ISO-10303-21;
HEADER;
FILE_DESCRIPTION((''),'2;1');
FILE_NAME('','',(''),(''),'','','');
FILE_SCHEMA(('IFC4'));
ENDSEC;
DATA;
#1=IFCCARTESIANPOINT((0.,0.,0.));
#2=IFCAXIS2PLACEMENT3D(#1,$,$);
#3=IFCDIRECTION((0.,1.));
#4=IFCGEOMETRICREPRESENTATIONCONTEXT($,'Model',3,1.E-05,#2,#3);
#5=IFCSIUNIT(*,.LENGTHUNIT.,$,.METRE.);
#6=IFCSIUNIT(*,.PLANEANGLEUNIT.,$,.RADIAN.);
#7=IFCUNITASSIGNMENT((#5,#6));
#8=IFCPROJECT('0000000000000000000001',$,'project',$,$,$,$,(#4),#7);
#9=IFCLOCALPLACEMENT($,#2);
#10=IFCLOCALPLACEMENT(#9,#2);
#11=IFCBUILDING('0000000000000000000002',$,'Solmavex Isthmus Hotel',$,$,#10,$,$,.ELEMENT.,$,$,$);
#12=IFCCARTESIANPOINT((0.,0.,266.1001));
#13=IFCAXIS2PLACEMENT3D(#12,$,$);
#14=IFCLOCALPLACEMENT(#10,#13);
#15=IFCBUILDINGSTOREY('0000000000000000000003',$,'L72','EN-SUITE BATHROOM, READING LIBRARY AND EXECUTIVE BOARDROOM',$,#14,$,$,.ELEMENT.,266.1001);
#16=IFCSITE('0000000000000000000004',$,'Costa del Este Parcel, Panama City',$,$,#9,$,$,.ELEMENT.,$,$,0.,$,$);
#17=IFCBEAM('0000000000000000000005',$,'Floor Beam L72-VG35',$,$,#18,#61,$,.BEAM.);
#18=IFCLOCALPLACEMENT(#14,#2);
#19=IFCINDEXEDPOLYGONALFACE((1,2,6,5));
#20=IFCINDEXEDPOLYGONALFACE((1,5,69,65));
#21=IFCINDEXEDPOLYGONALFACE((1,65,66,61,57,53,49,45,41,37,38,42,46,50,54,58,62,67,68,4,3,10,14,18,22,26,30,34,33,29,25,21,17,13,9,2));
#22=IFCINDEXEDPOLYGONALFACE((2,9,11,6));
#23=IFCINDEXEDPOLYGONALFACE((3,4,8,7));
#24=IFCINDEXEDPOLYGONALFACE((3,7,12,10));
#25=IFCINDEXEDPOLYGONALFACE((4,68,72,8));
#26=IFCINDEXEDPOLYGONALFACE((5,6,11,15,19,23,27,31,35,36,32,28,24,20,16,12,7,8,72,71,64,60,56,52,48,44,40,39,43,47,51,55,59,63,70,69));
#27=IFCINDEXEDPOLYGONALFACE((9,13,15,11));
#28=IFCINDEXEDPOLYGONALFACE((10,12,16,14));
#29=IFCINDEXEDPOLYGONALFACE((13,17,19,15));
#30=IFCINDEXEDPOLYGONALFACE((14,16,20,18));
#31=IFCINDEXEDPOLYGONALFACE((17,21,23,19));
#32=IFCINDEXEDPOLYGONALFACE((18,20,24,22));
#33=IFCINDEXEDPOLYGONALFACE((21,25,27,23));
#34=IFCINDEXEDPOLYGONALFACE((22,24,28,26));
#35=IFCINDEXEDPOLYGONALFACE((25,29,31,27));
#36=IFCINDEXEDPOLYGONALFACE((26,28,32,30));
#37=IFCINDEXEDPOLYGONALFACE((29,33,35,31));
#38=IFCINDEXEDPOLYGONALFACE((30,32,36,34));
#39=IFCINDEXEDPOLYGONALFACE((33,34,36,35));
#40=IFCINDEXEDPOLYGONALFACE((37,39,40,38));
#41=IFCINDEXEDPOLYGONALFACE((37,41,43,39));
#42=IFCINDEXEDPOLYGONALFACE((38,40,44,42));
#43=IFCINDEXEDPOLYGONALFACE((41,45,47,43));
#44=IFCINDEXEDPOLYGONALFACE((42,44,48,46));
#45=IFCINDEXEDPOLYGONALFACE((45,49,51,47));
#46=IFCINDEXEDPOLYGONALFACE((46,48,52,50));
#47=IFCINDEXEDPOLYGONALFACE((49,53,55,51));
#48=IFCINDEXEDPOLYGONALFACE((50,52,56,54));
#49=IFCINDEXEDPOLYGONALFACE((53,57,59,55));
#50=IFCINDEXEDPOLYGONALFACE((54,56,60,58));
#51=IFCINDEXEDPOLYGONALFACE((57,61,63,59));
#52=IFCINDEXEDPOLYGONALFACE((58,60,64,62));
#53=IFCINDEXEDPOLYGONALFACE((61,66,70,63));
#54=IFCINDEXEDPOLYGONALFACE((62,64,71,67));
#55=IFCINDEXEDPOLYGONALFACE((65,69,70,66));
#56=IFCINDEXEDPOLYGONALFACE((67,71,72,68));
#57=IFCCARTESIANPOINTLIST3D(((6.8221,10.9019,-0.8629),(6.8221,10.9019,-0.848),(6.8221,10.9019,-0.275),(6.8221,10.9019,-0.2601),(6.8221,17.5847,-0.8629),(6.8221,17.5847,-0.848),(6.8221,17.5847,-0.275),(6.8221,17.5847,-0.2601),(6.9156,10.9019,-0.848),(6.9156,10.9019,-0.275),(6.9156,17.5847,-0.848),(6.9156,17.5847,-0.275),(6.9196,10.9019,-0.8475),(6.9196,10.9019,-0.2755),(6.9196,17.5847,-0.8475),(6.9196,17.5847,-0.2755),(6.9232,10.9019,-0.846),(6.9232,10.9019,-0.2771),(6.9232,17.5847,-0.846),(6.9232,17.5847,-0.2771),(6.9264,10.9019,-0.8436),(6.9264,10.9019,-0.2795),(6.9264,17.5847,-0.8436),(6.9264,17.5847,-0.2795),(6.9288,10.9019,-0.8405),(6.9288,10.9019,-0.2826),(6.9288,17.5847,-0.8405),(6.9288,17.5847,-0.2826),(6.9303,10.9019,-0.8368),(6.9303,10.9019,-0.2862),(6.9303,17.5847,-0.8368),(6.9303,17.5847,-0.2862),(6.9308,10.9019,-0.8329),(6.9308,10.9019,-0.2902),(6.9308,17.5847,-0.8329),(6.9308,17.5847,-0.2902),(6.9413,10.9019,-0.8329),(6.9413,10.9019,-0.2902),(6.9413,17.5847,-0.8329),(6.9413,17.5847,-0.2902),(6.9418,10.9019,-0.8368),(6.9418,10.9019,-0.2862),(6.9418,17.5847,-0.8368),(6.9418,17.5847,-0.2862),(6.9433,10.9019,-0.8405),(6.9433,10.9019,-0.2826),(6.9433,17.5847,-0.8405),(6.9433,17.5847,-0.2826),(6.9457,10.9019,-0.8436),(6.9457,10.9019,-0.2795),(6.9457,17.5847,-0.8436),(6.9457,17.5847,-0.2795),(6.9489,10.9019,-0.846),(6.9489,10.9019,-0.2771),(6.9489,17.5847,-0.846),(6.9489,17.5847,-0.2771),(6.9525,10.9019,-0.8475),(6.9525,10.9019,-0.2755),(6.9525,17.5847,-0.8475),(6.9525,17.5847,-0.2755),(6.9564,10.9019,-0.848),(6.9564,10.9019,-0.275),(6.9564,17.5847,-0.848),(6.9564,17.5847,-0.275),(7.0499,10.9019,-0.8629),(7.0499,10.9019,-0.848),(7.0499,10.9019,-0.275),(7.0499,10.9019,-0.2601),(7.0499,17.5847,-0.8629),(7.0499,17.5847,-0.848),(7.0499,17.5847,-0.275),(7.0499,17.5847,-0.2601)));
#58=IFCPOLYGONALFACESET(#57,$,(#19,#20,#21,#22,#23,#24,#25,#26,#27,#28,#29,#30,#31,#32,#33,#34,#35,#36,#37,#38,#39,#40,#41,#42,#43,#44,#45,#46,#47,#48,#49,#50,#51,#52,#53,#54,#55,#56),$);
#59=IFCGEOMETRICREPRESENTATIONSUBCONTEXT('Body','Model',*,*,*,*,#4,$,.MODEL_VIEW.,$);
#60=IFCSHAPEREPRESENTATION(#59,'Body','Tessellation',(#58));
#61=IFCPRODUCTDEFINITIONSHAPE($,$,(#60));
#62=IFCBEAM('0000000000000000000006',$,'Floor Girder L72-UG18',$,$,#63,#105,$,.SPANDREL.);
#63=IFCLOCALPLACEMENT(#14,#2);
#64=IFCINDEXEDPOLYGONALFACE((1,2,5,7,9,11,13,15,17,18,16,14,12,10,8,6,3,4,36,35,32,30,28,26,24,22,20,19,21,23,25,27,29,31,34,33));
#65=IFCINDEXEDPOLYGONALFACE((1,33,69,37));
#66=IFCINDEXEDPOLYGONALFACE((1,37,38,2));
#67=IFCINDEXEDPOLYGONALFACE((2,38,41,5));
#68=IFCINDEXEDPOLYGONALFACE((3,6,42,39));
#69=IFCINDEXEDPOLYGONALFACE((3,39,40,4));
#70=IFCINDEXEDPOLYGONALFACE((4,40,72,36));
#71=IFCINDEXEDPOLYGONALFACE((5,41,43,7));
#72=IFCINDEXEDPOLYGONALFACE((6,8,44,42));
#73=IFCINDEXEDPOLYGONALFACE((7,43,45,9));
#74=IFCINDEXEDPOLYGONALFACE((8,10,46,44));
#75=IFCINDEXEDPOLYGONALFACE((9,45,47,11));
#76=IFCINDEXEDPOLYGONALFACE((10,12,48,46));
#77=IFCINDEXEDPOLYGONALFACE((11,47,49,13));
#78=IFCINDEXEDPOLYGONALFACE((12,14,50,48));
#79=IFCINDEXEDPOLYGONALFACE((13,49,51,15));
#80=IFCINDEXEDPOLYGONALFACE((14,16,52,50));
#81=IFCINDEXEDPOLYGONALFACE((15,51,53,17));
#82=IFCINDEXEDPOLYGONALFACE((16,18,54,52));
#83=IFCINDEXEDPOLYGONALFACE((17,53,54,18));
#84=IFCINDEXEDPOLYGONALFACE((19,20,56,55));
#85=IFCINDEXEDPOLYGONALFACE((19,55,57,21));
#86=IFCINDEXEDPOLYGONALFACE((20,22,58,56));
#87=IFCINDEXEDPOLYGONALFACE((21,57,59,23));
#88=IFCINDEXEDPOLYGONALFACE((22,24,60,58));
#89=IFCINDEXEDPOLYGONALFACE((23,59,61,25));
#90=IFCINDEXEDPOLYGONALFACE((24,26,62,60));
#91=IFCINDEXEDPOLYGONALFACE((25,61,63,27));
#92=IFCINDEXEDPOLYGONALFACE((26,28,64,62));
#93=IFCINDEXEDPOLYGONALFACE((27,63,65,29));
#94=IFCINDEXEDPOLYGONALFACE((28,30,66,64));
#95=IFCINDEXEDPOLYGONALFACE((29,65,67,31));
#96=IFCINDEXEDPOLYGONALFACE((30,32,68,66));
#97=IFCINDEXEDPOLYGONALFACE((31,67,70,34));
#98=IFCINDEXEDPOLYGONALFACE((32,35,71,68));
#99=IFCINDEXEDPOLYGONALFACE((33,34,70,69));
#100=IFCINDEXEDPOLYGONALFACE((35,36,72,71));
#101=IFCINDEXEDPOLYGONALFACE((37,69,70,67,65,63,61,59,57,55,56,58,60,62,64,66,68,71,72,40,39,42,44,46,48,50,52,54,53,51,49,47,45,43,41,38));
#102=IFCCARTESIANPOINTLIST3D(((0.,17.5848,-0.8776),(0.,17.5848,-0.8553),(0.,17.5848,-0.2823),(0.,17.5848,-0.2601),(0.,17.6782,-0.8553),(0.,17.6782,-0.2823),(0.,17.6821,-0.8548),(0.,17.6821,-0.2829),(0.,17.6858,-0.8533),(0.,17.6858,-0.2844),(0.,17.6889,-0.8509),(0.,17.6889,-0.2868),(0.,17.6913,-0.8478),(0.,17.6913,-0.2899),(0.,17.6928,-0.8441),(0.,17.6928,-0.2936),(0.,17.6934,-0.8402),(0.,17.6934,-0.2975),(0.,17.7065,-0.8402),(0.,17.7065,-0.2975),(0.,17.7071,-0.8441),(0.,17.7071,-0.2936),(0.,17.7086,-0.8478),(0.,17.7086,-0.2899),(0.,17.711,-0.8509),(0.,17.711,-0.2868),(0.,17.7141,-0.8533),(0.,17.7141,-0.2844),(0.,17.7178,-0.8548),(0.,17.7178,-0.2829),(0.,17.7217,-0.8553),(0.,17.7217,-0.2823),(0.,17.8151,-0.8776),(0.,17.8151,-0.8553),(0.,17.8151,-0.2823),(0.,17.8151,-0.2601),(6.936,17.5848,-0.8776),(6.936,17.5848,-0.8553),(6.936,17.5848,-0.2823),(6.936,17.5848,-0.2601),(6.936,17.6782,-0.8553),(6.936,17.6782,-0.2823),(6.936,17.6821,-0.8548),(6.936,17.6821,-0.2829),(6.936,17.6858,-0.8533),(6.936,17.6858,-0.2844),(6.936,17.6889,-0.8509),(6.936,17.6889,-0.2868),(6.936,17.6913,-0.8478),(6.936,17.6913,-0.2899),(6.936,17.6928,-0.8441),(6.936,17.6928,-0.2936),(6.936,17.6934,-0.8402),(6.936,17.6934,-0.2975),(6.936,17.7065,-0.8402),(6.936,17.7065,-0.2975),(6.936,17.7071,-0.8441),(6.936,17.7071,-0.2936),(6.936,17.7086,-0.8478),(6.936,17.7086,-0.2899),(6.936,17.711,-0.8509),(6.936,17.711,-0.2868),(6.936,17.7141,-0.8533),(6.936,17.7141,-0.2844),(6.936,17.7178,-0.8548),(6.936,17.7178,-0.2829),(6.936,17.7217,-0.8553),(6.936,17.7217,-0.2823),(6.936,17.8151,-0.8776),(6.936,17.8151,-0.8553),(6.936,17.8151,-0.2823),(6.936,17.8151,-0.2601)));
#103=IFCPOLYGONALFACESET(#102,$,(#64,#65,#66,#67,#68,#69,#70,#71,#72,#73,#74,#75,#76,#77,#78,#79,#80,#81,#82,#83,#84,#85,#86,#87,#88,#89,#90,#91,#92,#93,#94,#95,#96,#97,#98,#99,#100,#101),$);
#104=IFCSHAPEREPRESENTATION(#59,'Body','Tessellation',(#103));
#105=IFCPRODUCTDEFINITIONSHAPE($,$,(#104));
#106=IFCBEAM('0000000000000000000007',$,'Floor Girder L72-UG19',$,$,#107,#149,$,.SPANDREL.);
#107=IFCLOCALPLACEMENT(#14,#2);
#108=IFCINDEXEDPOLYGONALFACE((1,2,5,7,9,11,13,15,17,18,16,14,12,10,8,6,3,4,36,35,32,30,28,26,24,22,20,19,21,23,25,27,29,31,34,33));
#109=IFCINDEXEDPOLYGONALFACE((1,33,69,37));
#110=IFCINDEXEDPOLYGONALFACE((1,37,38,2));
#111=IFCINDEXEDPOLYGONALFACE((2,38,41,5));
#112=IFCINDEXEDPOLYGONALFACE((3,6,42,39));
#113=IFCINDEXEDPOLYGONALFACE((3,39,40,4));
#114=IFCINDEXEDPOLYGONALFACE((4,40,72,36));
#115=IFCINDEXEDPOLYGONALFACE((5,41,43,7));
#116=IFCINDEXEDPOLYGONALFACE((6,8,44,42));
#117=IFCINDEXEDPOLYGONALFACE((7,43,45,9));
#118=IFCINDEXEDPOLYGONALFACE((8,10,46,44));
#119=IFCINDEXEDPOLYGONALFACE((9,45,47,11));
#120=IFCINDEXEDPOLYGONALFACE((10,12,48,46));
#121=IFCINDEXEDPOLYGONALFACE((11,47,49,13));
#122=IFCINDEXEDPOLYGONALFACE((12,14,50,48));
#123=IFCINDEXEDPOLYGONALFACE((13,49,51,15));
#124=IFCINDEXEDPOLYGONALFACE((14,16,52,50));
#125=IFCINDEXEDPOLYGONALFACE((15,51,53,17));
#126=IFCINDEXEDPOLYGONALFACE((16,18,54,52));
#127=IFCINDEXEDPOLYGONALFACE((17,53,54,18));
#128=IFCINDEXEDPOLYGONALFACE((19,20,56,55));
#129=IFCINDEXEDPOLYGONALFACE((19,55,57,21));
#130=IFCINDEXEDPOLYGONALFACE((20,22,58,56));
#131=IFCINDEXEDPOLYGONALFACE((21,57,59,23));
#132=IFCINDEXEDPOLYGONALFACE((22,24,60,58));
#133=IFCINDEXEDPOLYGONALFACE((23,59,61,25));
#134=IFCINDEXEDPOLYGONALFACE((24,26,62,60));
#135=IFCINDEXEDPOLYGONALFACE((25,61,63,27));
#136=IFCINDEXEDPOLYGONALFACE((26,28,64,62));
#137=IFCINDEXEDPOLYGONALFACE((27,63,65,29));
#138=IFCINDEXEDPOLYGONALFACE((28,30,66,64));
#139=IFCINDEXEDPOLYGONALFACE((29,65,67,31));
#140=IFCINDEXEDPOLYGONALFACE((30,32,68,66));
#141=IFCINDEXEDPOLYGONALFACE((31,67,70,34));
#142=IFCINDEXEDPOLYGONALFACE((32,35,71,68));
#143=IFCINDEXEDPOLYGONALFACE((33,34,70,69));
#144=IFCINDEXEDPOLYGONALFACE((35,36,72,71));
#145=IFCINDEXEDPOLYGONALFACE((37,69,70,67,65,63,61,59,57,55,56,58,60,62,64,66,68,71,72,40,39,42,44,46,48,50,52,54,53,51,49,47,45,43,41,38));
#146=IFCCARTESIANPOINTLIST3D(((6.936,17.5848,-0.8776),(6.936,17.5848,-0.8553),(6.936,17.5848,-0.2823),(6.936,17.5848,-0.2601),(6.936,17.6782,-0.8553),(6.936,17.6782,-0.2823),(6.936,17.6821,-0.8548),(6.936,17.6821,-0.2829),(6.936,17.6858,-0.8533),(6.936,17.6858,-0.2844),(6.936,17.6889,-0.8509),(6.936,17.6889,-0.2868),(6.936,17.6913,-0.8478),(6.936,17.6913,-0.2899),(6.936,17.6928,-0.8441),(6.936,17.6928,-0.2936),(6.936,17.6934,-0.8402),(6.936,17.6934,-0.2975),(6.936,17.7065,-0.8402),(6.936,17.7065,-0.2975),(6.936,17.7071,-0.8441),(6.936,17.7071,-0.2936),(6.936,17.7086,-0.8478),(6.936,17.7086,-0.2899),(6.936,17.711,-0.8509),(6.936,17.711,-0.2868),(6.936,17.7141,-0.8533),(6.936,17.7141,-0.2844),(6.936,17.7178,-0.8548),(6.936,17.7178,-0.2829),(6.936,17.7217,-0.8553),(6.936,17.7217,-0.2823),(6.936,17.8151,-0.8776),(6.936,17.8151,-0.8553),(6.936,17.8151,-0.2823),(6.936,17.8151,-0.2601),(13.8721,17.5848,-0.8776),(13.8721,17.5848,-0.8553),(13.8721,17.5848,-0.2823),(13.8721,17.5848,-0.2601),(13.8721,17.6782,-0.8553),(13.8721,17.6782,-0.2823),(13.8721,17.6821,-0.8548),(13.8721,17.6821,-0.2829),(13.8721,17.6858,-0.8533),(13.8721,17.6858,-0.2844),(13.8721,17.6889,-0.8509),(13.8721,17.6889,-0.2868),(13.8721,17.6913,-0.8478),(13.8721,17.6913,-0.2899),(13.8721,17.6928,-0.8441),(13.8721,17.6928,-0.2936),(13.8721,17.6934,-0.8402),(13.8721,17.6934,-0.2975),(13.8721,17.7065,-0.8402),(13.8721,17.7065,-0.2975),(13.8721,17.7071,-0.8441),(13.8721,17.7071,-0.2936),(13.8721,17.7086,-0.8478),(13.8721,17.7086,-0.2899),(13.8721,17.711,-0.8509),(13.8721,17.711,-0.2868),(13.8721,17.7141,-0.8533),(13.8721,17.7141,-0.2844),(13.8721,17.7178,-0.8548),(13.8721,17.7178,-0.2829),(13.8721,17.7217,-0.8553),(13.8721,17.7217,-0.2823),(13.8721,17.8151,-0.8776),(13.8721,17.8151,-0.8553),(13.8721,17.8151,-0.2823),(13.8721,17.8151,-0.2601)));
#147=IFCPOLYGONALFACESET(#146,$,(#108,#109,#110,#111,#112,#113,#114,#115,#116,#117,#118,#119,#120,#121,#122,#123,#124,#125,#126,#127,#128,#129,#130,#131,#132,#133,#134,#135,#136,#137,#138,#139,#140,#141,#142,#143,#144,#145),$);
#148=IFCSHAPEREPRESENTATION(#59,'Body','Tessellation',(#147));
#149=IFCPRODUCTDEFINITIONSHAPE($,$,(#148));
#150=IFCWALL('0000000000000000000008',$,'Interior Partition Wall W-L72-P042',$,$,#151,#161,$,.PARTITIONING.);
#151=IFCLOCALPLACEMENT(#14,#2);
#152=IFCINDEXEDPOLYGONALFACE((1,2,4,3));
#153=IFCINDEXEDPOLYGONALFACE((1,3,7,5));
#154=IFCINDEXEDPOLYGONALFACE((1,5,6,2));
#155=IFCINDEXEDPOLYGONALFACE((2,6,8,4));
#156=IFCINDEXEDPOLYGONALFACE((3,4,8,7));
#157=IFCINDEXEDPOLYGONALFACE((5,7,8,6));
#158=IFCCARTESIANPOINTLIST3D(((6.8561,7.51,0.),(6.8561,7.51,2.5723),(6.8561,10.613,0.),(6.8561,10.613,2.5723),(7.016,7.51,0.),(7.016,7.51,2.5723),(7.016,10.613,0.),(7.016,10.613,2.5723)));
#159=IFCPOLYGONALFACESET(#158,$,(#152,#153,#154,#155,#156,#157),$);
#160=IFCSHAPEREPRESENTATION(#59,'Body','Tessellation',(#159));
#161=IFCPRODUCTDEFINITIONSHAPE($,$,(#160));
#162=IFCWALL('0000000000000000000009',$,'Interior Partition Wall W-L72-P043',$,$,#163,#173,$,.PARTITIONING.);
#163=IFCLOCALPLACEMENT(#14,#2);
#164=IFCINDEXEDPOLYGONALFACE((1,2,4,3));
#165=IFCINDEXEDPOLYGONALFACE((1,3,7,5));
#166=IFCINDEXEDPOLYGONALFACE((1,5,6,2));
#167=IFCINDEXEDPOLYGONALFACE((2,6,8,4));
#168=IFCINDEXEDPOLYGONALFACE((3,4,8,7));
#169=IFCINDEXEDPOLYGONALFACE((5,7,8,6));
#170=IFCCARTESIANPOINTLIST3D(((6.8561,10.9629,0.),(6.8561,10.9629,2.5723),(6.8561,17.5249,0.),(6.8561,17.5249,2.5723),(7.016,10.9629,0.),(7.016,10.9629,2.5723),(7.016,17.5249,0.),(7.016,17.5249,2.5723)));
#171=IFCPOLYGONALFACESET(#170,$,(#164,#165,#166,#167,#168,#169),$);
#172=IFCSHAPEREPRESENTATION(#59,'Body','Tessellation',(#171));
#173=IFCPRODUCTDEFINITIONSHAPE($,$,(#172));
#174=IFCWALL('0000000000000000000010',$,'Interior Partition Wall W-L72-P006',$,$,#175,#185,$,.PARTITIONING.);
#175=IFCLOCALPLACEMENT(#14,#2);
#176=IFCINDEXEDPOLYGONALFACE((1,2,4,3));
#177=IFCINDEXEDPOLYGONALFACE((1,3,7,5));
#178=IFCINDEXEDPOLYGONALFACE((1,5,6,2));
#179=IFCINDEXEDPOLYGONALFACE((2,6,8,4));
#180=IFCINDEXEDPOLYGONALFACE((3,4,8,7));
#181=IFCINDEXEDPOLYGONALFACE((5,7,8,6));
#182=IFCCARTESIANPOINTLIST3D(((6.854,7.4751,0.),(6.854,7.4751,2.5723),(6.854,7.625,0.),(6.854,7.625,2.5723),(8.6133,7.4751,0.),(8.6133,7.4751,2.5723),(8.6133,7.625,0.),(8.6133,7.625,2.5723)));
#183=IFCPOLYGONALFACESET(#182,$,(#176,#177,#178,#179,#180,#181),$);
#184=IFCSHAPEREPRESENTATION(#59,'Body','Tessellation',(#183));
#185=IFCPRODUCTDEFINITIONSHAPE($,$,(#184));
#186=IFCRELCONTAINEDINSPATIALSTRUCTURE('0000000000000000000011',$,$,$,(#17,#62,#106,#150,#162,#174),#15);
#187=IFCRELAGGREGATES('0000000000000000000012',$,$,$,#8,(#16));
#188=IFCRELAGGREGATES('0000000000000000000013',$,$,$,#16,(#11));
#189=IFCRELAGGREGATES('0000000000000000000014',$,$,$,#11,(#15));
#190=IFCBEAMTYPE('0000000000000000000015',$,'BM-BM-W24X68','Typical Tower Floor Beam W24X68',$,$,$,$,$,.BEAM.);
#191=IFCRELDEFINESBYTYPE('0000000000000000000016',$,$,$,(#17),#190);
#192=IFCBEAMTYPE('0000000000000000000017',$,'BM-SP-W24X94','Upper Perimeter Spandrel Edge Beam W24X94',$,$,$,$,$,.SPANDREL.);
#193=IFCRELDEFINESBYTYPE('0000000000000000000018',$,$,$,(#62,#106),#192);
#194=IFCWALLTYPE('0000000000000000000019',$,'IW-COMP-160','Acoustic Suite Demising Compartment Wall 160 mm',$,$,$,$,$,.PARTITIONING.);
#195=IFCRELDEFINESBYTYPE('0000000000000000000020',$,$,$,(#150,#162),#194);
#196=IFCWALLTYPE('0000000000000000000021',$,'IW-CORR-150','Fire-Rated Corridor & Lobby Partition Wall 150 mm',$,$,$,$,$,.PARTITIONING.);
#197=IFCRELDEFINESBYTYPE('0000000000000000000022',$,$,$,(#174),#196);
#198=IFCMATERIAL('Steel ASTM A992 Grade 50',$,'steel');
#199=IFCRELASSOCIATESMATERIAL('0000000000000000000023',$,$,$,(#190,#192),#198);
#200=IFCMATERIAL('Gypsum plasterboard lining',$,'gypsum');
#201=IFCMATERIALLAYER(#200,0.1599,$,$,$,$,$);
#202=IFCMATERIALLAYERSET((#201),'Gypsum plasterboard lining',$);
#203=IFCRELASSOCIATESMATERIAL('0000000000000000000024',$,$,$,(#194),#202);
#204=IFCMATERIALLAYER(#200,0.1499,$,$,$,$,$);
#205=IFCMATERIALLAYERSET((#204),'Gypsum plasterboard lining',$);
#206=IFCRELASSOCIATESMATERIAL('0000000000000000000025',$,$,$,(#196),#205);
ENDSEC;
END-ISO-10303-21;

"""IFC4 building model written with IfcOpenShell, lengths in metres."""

from ifc_helpers import new_model, si_unit, direction, frame, frame_2d, origin, origin_2d, place, context, subcontext, project, spatial, rectangle, i_section, extrude, material, layer, layer_set, material_profile, profile_set, type_object, element, save


model = new_model("IFC4")

# Units and contexts
model_context = context("Model", 3, precision=1e-05, world=origin(), true_north=direction((0.0, 1.0)))
body_context = subcontext(model_context, "Body", "Model", "MODEL_VIEW")
ifc_project = project(units=[si_unit("LENGTHUNIT", "METRE"), si_unit("PLANEANGLEUNIT", "RADIAN")], contexts=[model_context])

# Site, building, storey
site_placement = place(None, origin())
site = spatial("IfcSite", under=ifc_project, at=site_placement, Name="Costa del Este Parcel, Panama City", CompositionType="ELEMENT", RefElevation=0.0)
building_placement = place(site_placement, origin())
building = spatial("IfcBuilding", under=site, at=building_placement, Name="Solmavex Isthmus Hotel", CompositionType="ELEMENT")
storey_placement = place(building_placement, frame((0.0, 0.0, 266.1001)))
storey = spatial("IfcBuildingStorey", under=building, at=storey_placement, Name="L72", Description="EN-SUITE BATHROOM, READING LIBRARY AND EXECUTIVE BOARDROOM", CompositionType="ELEMENT", Elevation=266.1001)

# Beams
ifc_material_1 = material(Name="Steel ASTM A992 Grade 50", Category="steel")
ifc_material_profile_1 = material_profile(ifc_material_1, i_section(OverallWidth=0.2278, OverallDepth=0.6028, WebThickness=0.0105, FlangeThickness=0.0149, FilletRadius=0.0151, at=origin_2d()), Name="W24X68")
ifc_profile_set_1 = profile_set([ifc_material_profile_1], Name="Steel ASTM A992 Grade 50")
beam_type_1 = type_object("IfcBeamType", Name="BM-BM-W24X68", Description="Typical Tower Floor Beam W24X68", PredefinedType="BEAM", material=ifc_profile_set_1)
for number, where, z_axis, x_axis, name in (
    (1, (6.936, 10.9019, -0.5615), (0.0, 1.0, 0.0), (-1.0, 0.0, 0.0), "Floor Beam L72-VG35"),
):
    element("IfcBeam", number, at=place(storey_placement, frame(where, z_axis=z_axis, x_axis=x_axis)), inside=storey, type_object=beam_type_1, Name=name, PredefinedType="BEAM", context=body_context, shape_type="SweptSolid", body=[
        extrude(i_section(OverallWidth=0.2278, OverallDepth=0.6028, WebThickness=0.0105, FlangeThickness=0.0149, FilletRadius=0.0151, at=origin_2d()), origin(), (0.0, 0.0, 1.0), 6.6829),
    ])
ifc_material_profile_2 = material_profile(ifc_material_1, i_section(OverallWidth=0.2302, OverallDepth=0.6174, WebThickness=0.0132, FlangeThickness=0.0222, FilletRadius=0.0151, at=origin_2d()), Name="W24X94")
ifc_profile_set_2 = profile_set([ifc_material_profile_2], Name="Steel ASTM A992 Grade 50")
beam_type_2 = type_object("IfcBeamType", Name="BM-SP-W24X94", Description="Upper Perimeter Spandrel Edge Beam W24X94", PredefinedType="SPANDREL", material=ifc_profile_set_2)
for number, where, z_axis, x_axis, name in (
    (2, (0.0, 17.7, -0.5688), (1.0, 0.0, 0.0), (0.0, 1.0, 0.0), "Floor Girder L72-UG18"),
    (3, (6.936, 17.7, -0.5688), (1.0, 0.0, 0.0), (0.0, 1.0, 0.0), "Floor Girder L72-UG19"),
):
    element("IfcBeam", number, at=place(storey_placement, frame(where, z_axis=z_axis, x_axis=x_axis)), inside=storey, type_object=beam_type_2, Name=name, PredefinedType="SPANDREL", context=body_context, shape_type="SweptSolid", body=[
        extrude(i_section(OverallWidth=0.2302, OverallDepth=0.6174, WebThickness=0.0132, FlangeThickness=0.0222, FilletRadius=0.0151, at=origin_2d()), origin(), (0.0, 0.0, 1.0), 6.936),
    ])

# Walls
ifc_material_2 = material(Name="Gypsum plasterboard lining", Category="gypsum")
ifc_layer_1 = layer(ifc_material_2, 0.1599)
ifc_layer_set_1 = layer_set([ifc_layer_1], Name="Gypsum plasterboard lining")
wall_type_1 = type_object("IfcWallType", Name="IW-COMP-160", Description="Acoustic Suite Demising Compartment Wall 160 mm", PredefinedType="PARTITIONING", material=ifc_layer_set_1)
wall_1_placement = place(storey_placement, frame((6.936, 10.613, 0.0), z_axis=(0.0, 0.0, 1.0), x_axis=(0.0, -1.0, 0.0)))
element("IfcWall", 4, at=wall_1_placement, inside=storey, type_object=wall_type_1, Name="Interior Partition Wall W-L72-P042", PredefinedType="PARTITIONING", context=body_context, shape_type="SweptSolid", body=[
    extrude(rectangle(XDim=3.103, YDim=0.1599, at=frame_2d((1.5515, 0.0))), origin(), (0.0, 0.0, 1.0), 2.5723),
])
wall_2_placement = place(storey_placement, frame((6.936, 17.5249, 0.0), z_axis=(0.0, 0.0, 1.0), x_axis=(0.0, -1.0, 0.0)))
element("IfcWall", 5, at=wall_2_placement, inside=storey, type_object=wall_type_1, Name="Interior Partition Wall W-L72-P043", PredefinedType="PARTITIONING", context=body_context, shape_type="SweptSolid", body=[
    extrude(rectangle(XDim=6.562, YDim=0.1599, at=frame_2d((3.281, 0.0))), origin(), (0.0, 0.0, 1.0), 2.5723),
])

# Shared definitions
ifc_layer_2 = layer(ifc_material_2, 0.1499)
ifc_layer_set_2 = layer_set([ifc_layer_2], Name="Gypsum plasterboard lining")
wall_type_2 = type_object("IfcWallType", Name="IW-CORR-150", Description="Fire-Rated Corridor & Lobby Partition Wall 150 mm", PredefinedType="PARTITIONING", material=ifc_layer_set_2)

# Wall
wall_3_placement = place(storey_placement, frame((6.854, 7.55, 0.0), z_axis=(0.0, 0.0, 1.0), x_axis=(1.0, 0.0, 0.0)))
element("IfcWall", 6, at=wall_3_placement, inside=storey, type_object=wall_type_2, Name="Interior Partition Wall W-L72-P006", PredefinedType="PARTITIONING", context=body_context, shape_type="SweptSolid", body=[
    extrude(rectangle(XDim=1.7593, YDim=0.1499, at=frame_2d((0.8796, 0.0))), origin(), (0.0, 0.0, 1.0), 2.5723),
])

save(model, "model.ifc")
